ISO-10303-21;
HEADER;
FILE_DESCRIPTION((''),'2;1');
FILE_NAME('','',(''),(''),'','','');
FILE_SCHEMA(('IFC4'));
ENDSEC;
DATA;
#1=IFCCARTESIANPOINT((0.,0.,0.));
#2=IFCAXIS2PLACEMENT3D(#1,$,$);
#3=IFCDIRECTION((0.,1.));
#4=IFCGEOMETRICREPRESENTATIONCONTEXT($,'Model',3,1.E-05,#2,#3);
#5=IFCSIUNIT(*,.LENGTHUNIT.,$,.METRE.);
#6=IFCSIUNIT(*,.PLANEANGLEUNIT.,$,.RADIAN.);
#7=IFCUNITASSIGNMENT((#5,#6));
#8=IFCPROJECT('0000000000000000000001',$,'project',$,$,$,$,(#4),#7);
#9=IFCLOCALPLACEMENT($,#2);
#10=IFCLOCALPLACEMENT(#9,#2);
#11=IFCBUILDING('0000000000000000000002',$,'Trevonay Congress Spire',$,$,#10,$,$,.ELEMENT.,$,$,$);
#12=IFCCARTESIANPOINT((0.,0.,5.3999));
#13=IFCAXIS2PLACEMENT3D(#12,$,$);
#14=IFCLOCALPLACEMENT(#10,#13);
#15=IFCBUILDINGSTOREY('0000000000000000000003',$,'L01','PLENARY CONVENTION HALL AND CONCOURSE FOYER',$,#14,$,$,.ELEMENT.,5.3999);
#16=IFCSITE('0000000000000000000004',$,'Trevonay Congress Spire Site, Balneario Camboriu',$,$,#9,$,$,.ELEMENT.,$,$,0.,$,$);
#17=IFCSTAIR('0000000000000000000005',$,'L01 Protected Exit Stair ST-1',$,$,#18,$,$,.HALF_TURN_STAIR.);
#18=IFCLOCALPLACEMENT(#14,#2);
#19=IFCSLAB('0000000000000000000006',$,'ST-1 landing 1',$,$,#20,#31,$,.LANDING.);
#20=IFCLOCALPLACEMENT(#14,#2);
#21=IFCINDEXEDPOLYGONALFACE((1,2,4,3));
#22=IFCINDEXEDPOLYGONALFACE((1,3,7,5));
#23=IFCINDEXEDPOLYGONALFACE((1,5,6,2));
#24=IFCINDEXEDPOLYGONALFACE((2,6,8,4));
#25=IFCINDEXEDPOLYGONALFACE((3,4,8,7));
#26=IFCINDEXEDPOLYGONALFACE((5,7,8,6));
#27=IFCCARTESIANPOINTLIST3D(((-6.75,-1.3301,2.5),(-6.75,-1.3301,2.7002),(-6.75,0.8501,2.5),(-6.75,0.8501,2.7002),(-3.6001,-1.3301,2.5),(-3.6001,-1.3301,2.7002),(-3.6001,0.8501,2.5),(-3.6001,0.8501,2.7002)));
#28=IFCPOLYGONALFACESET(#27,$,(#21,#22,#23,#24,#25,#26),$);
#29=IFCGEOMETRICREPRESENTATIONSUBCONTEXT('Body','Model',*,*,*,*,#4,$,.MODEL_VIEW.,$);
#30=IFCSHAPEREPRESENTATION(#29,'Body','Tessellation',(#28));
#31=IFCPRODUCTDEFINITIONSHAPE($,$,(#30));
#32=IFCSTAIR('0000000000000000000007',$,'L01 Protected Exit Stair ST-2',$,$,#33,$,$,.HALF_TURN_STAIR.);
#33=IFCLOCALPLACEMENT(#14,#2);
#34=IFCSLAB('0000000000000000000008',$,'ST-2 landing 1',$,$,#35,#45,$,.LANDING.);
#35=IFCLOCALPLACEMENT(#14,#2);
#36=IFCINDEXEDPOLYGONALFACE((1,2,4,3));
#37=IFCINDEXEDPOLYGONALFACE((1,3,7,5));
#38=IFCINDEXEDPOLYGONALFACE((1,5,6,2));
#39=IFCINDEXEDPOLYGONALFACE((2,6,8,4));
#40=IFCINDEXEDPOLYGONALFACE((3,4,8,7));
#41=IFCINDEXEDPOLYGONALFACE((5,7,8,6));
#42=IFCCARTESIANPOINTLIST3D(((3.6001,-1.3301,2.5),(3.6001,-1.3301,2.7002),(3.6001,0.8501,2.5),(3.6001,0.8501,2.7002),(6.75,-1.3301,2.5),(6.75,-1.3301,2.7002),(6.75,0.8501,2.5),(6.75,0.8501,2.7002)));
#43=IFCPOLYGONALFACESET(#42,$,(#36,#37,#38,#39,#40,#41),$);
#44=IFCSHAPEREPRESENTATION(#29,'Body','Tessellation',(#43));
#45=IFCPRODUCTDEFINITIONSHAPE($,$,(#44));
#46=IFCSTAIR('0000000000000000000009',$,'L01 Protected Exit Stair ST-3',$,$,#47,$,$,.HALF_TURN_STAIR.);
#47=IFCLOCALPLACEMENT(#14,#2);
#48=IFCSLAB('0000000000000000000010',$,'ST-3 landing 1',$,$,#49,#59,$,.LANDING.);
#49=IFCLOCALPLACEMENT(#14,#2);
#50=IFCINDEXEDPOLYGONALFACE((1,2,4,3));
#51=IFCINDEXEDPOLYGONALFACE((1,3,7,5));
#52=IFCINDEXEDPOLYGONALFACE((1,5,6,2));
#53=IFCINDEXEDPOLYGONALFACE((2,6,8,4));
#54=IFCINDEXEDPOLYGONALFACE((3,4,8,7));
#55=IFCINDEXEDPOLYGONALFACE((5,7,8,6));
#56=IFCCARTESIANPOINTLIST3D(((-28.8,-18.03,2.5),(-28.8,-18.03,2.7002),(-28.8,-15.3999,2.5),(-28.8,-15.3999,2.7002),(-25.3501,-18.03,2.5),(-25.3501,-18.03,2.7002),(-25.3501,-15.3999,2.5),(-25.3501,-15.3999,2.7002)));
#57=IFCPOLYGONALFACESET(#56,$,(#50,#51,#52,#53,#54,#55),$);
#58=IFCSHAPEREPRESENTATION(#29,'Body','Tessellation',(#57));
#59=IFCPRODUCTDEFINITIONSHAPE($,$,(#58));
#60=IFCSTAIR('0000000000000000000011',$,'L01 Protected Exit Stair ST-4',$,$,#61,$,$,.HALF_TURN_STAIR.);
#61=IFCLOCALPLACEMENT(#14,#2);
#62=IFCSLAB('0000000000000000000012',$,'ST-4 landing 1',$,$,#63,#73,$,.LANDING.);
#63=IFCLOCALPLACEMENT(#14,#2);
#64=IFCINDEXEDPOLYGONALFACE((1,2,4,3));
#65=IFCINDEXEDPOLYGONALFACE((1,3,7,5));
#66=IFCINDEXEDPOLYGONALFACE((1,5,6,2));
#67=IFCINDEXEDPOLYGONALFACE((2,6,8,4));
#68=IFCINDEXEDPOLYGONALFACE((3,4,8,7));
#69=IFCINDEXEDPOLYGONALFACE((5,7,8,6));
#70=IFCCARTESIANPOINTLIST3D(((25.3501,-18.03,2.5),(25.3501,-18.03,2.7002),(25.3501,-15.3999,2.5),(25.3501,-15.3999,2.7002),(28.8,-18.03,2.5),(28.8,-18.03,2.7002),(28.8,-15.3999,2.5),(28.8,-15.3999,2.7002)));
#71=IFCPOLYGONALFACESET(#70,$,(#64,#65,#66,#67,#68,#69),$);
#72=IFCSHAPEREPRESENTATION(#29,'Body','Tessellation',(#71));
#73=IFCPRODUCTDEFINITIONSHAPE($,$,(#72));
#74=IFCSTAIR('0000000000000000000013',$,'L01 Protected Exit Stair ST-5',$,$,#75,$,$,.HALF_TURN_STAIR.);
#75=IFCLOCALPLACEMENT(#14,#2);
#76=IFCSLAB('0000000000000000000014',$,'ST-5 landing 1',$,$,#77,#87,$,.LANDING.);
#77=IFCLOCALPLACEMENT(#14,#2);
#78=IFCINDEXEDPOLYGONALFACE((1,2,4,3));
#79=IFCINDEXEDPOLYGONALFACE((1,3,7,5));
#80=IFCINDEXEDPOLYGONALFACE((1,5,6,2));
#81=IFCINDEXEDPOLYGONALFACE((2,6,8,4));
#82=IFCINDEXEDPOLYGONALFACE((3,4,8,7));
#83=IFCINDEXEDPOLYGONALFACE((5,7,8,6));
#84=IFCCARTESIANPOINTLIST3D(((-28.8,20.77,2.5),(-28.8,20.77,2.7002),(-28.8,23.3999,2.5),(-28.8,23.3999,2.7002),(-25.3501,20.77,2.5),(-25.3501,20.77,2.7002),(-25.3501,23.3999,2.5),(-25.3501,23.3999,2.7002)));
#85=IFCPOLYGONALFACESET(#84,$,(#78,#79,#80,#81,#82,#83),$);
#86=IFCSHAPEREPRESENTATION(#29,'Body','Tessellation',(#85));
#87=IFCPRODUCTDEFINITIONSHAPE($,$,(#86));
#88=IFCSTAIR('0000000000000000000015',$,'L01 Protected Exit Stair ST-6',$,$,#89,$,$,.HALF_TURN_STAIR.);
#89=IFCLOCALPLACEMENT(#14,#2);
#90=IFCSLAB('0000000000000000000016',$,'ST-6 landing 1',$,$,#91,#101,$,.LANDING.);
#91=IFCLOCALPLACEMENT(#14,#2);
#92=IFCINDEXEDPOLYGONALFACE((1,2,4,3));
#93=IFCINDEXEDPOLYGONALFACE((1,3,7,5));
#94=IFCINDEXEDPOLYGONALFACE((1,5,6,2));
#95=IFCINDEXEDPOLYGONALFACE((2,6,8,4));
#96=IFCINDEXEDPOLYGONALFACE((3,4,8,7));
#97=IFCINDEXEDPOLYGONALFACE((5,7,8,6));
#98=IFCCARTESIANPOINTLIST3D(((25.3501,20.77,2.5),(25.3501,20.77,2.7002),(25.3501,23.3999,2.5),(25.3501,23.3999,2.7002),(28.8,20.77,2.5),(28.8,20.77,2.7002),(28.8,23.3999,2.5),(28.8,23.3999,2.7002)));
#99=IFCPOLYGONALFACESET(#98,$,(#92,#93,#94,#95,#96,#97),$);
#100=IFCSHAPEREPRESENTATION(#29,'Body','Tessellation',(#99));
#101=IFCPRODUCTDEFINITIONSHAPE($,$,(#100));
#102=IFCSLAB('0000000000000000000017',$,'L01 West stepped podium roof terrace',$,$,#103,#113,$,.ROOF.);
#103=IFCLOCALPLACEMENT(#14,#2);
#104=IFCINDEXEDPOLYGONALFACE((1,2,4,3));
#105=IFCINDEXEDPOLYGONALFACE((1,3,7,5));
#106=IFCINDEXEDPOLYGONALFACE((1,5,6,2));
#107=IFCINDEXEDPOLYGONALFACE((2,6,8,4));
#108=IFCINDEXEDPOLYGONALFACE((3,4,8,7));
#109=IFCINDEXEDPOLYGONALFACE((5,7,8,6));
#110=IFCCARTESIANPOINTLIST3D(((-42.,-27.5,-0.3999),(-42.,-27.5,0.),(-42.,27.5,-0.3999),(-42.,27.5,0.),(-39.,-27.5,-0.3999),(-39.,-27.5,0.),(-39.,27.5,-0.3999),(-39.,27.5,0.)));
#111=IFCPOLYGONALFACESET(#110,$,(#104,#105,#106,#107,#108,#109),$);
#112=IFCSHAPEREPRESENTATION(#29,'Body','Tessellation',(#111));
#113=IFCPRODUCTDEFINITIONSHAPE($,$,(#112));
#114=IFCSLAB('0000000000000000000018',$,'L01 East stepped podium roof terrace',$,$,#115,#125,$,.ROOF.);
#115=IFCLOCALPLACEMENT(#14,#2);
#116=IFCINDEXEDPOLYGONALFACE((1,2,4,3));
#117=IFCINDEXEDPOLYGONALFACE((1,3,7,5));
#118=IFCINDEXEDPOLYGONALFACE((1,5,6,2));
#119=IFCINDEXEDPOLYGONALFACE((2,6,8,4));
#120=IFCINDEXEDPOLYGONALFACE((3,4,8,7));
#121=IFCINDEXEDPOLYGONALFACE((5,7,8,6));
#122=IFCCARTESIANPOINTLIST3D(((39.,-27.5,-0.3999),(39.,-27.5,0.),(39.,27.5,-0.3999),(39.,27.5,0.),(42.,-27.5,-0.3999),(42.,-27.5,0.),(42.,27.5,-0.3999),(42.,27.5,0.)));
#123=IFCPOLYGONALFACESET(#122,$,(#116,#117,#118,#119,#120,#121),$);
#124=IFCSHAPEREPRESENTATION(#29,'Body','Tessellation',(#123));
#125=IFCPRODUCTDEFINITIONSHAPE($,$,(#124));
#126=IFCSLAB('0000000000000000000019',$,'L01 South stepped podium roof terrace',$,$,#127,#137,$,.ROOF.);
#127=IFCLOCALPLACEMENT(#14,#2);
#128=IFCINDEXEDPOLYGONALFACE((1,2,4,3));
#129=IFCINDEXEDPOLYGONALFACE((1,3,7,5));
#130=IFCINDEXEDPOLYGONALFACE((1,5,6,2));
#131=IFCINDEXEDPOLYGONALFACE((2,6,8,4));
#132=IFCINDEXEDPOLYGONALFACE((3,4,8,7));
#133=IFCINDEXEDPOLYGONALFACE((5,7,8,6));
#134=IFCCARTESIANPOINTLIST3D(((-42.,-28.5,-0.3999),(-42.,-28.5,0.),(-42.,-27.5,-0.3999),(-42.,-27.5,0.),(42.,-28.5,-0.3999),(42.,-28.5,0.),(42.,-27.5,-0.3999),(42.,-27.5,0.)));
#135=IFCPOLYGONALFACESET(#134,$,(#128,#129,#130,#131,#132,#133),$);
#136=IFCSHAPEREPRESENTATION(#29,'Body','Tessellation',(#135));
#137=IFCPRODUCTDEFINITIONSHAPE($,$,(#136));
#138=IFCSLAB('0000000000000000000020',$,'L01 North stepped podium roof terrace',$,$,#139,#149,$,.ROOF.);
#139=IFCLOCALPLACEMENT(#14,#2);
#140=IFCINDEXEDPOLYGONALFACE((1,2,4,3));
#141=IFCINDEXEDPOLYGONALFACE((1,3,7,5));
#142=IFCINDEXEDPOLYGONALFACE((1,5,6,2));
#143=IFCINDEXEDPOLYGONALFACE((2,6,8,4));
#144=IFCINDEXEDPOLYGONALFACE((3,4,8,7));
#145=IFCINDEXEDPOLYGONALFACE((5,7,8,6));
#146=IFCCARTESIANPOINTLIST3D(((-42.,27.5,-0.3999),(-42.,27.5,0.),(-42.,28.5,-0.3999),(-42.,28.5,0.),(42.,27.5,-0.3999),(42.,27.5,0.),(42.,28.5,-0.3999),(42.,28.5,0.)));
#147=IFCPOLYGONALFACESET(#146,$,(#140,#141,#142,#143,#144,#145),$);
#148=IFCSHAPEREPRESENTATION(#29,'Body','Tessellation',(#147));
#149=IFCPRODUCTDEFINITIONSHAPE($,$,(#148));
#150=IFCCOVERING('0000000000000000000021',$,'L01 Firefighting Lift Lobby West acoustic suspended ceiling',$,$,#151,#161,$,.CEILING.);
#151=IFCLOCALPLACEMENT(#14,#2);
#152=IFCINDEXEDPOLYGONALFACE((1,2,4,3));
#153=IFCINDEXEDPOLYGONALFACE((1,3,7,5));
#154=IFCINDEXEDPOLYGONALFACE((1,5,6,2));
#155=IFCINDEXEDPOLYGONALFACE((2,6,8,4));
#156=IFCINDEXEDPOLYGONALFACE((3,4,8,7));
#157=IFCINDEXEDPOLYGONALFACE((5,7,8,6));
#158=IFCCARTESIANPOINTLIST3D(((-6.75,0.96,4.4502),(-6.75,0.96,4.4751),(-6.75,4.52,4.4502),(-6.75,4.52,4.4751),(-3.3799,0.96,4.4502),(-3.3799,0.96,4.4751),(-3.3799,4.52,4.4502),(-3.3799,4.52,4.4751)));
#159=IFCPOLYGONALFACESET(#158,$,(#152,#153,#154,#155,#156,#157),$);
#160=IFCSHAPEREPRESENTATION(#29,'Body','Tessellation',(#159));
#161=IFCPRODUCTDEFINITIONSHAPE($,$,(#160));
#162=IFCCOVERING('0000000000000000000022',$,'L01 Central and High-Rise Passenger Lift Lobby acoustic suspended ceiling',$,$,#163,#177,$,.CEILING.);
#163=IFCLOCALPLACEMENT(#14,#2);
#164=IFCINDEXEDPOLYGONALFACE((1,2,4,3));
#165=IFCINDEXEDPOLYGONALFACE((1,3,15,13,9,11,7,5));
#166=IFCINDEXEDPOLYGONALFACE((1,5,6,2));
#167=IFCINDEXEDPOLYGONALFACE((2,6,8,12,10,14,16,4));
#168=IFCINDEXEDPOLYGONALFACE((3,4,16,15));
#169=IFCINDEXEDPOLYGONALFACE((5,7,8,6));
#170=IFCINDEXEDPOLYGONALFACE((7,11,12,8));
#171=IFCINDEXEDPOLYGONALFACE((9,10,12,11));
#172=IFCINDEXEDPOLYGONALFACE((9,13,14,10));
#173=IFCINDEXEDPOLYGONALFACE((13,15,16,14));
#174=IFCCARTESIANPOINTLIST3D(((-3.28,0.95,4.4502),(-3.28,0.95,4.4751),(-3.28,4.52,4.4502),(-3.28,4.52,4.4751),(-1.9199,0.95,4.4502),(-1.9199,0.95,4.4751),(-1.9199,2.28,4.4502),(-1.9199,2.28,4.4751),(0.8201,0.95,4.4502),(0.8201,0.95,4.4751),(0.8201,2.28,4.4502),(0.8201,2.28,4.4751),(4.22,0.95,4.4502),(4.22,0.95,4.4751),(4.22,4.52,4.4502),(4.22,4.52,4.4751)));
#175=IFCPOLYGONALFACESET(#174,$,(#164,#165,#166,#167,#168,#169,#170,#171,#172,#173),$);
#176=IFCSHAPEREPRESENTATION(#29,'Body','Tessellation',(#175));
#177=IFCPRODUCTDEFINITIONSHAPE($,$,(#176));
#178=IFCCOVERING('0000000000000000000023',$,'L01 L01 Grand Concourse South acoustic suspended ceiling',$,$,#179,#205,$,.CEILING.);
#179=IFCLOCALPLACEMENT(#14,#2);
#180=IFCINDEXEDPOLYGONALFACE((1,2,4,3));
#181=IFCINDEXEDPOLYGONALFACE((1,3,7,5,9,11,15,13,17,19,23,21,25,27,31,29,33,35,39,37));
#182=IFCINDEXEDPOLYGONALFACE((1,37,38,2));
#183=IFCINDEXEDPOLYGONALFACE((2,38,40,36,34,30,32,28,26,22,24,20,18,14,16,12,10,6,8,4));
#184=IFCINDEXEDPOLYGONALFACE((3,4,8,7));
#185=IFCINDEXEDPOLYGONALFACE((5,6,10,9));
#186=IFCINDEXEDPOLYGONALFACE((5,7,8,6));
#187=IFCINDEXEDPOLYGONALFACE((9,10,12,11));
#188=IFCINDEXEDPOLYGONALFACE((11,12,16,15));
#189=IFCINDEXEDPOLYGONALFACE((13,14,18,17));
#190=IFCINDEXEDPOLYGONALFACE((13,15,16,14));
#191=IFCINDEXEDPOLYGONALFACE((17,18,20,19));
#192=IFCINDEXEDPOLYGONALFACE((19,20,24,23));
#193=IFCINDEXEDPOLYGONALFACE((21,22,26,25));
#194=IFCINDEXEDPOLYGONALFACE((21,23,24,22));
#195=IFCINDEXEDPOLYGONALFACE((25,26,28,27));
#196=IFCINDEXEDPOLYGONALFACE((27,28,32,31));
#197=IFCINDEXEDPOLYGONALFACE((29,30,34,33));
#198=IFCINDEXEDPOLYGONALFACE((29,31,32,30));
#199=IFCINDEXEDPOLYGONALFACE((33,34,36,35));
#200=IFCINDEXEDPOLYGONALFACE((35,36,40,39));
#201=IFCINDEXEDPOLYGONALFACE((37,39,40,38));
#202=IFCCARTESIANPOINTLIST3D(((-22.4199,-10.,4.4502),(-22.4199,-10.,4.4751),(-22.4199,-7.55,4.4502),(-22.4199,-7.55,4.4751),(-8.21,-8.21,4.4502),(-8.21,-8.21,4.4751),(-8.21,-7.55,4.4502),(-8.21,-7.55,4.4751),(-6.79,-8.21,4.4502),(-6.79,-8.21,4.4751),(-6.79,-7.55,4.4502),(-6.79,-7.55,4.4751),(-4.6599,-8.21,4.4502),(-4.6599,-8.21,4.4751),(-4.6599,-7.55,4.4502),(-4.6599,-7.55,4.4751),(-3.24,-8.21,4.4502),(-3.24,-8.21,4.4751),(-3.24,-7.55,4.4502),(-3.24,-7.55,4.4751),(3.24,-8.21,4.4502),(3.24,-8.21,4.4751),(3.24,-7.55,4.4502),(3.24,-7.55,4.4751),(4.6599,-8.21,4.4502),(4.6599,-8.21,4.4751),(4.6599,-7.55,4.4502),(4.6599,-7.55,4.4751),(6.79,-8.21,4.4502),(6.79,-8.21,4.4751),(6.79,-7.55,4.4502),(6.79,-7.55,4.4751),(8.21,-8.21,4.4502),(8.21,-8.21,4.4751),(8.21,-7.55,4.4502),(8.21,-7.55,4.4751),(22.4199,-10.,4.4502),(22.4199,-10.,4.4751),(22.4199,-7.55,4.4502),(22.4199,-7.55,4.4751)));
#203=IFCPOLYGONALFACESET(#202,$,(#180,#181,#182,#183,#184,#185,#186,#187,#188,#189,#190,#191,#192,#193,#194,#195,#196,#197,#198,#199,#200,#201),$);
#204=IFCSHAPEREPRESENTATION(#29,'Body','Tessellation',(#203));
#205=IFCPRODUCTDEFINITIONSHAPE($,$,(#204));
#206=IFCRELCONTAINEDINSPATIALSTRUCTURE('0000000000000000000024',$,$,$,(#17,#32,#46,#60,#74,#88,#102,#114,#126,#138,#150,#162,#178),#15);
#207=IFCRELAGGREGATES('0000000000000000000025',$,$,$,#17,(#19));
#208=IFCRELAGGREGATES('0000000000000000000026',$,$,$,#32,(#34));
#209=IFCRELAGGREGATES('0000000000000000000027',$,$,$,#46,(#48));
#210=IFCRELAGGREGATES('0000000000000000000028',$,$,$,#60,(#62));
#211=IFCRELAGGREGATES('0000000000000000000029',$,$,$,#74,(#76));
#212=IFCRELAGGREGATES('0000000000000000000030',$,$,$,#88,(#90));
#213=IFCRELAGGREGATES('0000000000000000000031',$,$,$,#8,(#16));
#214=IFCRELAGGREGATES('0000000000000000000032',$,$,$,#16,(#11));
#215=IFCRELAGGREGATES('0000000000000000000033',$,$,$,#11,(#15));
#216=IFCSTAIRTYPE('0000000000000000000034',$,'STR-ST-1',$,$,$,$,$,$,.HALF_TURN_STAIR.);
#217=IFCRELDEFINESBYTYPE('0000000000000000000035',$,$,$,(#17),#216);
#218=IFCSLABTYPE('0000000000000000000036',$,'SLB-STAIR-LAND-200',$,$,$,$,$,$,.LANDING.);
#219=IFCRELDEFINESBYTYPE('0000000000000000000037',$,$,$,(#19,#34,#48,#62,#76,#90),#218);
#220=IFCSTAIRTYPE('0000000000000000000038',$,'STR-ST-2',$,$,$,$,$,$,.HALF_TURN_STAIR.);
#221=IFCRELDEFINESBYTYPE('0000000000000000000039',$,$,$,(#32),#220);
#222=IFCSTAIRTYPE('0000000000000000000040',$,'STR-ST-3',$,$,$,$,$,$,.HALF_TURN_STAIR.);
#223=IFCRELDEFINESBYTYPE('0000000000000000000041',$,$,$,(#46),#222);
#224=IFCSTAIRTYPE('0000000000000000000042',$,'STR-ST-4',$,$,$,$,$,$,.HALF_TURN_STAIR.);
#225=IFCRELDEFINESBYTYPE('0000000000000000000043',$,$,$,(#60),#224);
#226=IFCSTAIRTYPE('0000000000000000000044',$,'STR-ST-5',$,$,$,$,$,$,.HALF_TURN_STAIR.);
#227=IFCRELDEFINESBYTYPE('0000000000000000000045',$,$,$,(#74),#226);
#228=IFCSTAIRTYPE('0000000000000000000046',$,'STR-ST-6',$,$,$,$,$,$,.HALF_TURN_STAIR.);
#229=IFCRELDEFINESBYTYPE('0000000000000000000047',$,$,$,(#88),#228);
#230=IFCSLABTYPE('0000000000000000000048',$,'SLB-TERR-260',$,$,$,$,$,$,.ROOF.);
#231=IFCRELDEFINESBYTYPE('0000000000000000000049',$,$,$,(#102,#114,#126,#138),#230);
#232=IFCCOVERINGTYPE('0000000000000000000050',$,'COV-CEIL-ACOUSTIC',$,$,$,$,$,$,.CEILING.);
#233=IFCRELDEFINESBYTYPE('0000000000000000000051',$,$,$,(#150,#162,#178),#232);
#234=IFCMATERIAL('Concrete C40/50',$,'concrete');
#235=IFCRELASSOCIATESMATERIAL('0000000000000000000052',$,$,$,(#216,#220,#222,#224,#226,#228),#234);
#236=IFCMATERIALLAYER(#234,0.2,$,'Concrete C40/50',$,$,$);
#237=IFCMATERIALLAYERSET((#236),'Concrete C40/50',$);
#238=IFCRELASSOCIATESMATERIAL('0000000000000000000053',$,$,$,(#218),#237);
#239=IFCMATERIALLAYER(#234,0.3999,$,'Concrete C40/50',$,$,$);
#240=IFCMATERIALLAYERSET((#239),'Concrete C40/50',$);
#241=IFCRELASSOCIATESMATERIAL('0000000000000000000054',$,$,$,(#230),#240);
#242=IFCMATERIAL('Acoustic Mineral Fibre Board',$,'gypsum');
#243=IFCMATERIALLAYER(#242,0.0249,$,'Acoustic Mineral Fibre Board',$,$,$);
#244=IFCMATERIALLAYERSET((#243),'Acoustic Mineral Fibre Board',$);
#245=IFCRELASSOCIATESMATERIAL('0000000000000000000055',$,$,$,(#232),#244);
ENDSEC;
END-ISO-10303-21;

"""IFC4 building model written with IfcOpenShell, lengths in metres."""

from ifc_helpers import new_model, si_unit, direction, frame, origin, place, context, subcontext, project, spatial, polyline, outline, extrude, material, layer, layer_set, type_object, element, aggregate, save


model = new_model("IFC4")

# Units and contexts
model_context = context("Model", 3, precision=1e-05, world=origin(), true_north=direction((0.0, 1.0)))
body_context = subcontext(model_context, "Body", "Model", "MODEL_VIEW")
ifc_project = project(units=[si_unit("LENGTHUNIT", "METRE"), si_unit("PLANEANGLEUNIT", "RADIAN")], contexts=[model_context])

# Site, building, storey
site_placement = place(None, origin())
site = spatial("IfcSite", under=ifc_project, at=site_placement, Name="Trevonay Congress Spire Site, Balneario Camboriu", CompositionType="ELEMENT", RefElevation=0.0)
building_placement = place(site_placement, origin())
building = spatial("IfcBuilding", under=site, at=building_placement, Name="Trevonay Congress Spire", CompositionType="ELEMENT")
storey_placement = place(building_placement, frame((0.0, 0.0, 5.3999)))
storey = spatial("IfcBuildingStorey", under=building, at=storey_placement, Name="L01", Description="PLENARY CONVENTION HALL AND CONCOURSE FOYER", CompositionType="ELEMENT", Elevation=5.3999)

# Stairs, slabs
ifc_material_1 = material(Name="Concrete C40/50", Category="concrete")
stair_type_1 = type_object("IfcStairType", Name="STR-ST-1", PredefinedType="HALF_TURN_STAIR", material=ifc_material_1)
stair_1_placement = place(storey_placement, origin())
stair_1 = element("IfcStair", 1, at=stair_1_placement, inside=storey, type_object=stair_type_1, Name="L01 Protected Exit Stair ST-1", PredefinedType="HALF_TURN_STAIR")
ifc_layer_1 = layer(ifc_material_1, 0.2, Name="Concrete C40/50")
ifc_layer_set_1 = layer_set([ifc_layer_1], Name="Concrete C40/50")
slab_type_1 = type_object("IfcSlabType", Name="SLB-STAIR-LAND-200", PredefinedType="LANDING", material=ifc_layer_set_1)
slab_1_placement = place(storey_placement, frame((0.0, 0.0, 2.5)))
slab_1 = element("IfcSlab", 2, at=slab_1_placement, type_object=slab_type_1, Name="ST-1 landing 1", PredefinedType="LANDING", context=body_context, shape_type="SweptSolid", body=[
    extrude(outline(polyline([(-3.6001, -1.3301), (-3.6001, 0.8501), (-6.75, 0.8501), (-6.75, -1.3301), (-3.6001, -1.3301)])), origin(), (0.0, 0.0, 1.0), 0.2002),
])
aggregate(stair_1, [slab_1])
stair_type_2 = type_object("IfcStairType", Name="STR-ST-2", PredefinedType="HALF_TURN_STAIR", material=ifc_material_1)
stair_2_placement = place(storey_placement, origin())
stair_2 = element("IfcStair", 3, at=stair_2_placement, inside=storey, type_object=stair_type_2, Name="L01 Protected Exit Stair ST-2", PredefinedType="HALF_TURN_STAIR")
slab_2_placement = place(storey_placement, frame((0.0, 0.0, 2.5)))
slab_2 = element("IfcSlab", 4, at=slab_2_placement, type_object=slab_type_1, Name="ST-2 landing 1", PredefinedType="LANDING", context=body_context, shape_type="SweptSolid", body=[
    extrude(outline(polyline([(6.75, -1.3301), (6.75, 0.8501), (3.6001, 0.8501), (3.6001, -1.3301), (6.75, -1.3301)])), origin(), (0.0, 0.0, 1.0), 0.2002),
])
aggregate(stair_2, [slab_2])
stair_type_3 = type_object("IfcStairType", Name="STR-ST-3", PredefinedType="HALF_TURN_STAIR", material=ifc_material_1)
stair_3_placement = place(storey_placement, origin())
stair_3 = element("IfcStair", 5, at=stair_3_placement, inside=storey, type_object=stair_type_3, Name="L01 Protected Exit Stair ST-3", PredefinedType="HALF_TURN_STAIR")
slab_3_placement = place(storey_placement, frame((0.0, 0.0, 2.5)))
slab_3 = element("IfcSlab", 6, at=slab_3_placement, type_object=slab_type_1, Name="ST-3 landing 1", PredefinedType="LANDING", context=body_context, shape_type="SweptSolid", body=[
    extrude(outline(polyline([(-25.3501, -18.03), (-25.3501, -15.3999), (-28.8, -15.3999), (-28.8, -18.03), (-25.3501, -18.03)])), origin(), (0.0, 0.0, 1.0), 0.2002),
])
aggregate(stair_3, [slab_3])
stair_type_4 = type_object("IfcStairType", Name="STR-ST-4", PredefinedType="HALF_TURN_STAIR", material=ifc_material_1)
stair_4_placement = place(storey_placement, origin())
stair_4 = element("IfcStair", 7, at=stair_4_placement, inside=storey, type_object=stair_type_4, Name="L01 Protected Exit Stair ST-4", PredefinedType="HALF_TURN_STAIR")
slab_4_placement = place(storey_placement, frame((0.0, 0.0, 2.5)))
slab_4 = element("IfcSlab", 8, at=slab_4_placement, type_object=slab_type_1, Name="ST-4 landing 1", PredefinedType="LANDING", context=body_context, shape_type="SweptSolid", body=[
    extrude(outline(polyline([(28.8, -18.03), (28.8, -15.3999), (25.3501, -15.3999), (25.3501, -18.03), (28.8, -18.03)])), origin(), (0.0, 0.0, 1.0), 0.2002),
])
aggregate(stair_4, [slab_4])
stair_type_5 = type_object("IfcStairType", Name="STR-ST-5", PredefinedType="HALF_TURN_STAIR", material=ifc_material_1)
stair_5_placement = place(storey_placement, origin())
stair_5 = element("IfcStair", 9, at=stair_5_placement, inside=storey, type_object=stair_type_5, Name="L01 Protected Exit Stair ST-5", PredefinedType="HALF_TURN_STAIR")
slab_5_placement = place(storey_placement, frame((0.0, 0.0, 2.5)))
slab_5 = element("IfcSlab", 10, at=slab_5_placement, type_object=slab_type_1, Name="ST-5 landing 1", PredefinedType="LANDING", context=body_context, shape_type="SweptSolid", body=[
    extrude(outline(polyline([(-25.3501, 20.77), (-25.3501, 23.3999), (-28.8, 23.3999), (-28.8, 20.77), (-25.3501, 20.77)])), origin(), (0.0, 0.0, 1.0), 0.2002),
])
aggregate(stair_5, [slab_5])
stair_type_6 = type_object("IfcStairType", Name="STR-ST-6", PredefinedType="HALF_TURN_STAIR", material=ifc_material_1)
stair_6_placement = place(storey_placement, origin())
stair_6 = element("IfcStair", 11, at=stair_6_placement, inside=storey, type_object=stair_type_6, Name="L01 Protected Exit Stair ST-6", PredefinedType="HALF_TURN_STAIR")
slab_6_placement = place(storey_placement, frame((0.0, 0.0, 2.5)))
slab_6 = element("IfcSlab", 12, at=slab_6_placement, type_object=slab_type_1, Name="ST-6 landing 1", PredefinedType="LANDING", context=body_context, shape_type="SweptSolid", body=[
    extrude(outline(polyline([(28.8, 20.77), (28.8, 23.3999), (25.3501, 23.3999), (25.3501, 20.77), (28.8, 20.77)])), origin(), (0.0, 0.0, 1.0), 0.2002),
])
aggregate(stair_6, [slab_6])

# Slabs
ifc_layer_2 = layer(ifc_material_1, 0.3999, Name="Concrete C40/50")
ifc_layer_set_2 = layer_set([ifc_layer_2], Name="Concrete C40/50")
slab_type_2 = type_object("IfcSlabType", Name="SLB-TERR-260", PredefinedType="ROOF", material=ifc_layer_set_2)
slab_7_placement = place(storey_placement, frame((0.0, 0.0, -0.3999)))
element("IfcSlab", 13, at=slab_7_placement, inside=storey, type_object=slab_type_2, Name="L01 West stepped podium roof terrace", PredefinedType="ROOF", context=body_context, shape_type="SweptSolid", body=[
    extrude(outline(polyline([(-42.0, -27.5), (-39.0, -27.5), (-39.0, 27.5), (-42.0, 27.5), (-42.0, -27.5)])), origin(), (0.0, 0.0, 1.0), 0.3999),
])
slab_8_placement = place(storey_placement, frame((0.0, 0.0, -0.3999)))
element("IfcSlab", 14, at=slab_8_placement, inside=storey, type_object=slab_type_2, Name="L01 East stepped podium roof terrace", PredefinedType="ROOF", context=body_context, shape_type="SweptSolid", body=[
    extrude(outline(polyline([(39.0, -27.5), (42.0, -27.5), (42.0, 27.5), (39.0, 27.5), (39.0, -27.5)])), origin(), (0.0, 0.0, 1.0), 0.3999),
])
slab_9_placement = place(storey_placement, frame((0.0, 0.0, -0.3999)))
element("IfcSlab", 15, at=slab_9_placement, inside=storey, type_object=slab_type_2, Name="L01 South stepped podium roof terrace", PredefinedType="ROOF", context=body_context, shape_type="SweptSolid", body=[
    extrude(outline(polyline([(-42.0, -28.5), (42.0, -28.5), (42.0, -27.5), (-42.0, -27.5), (-42.0, -28.5)])), origin(), (0.0, 0.0, 1.0), 0.3999),
])
slab_10_placement = place(storey_placement, frame((0.0, 0.0, -0.3999)))
element("IfcSlab", 16, at=slab_10_placement, inside=storey, type_object=slab_type_2, Name="L01 North stepped podium roof terrace", PredefinedType="ROOF", context=body_context, shape_type="SweptSolid", body=[
    extrude(outline(polyline([(-42.0, 27.5), (42.0, 27.5), (42.0, 28.5), (-42.0, 28.5), (-42.0, 27.5)])), origin(), (0.0, 0.0, 1.0), 0.3999),
])

# Coverings
ifc_material_2 = material(Name="Acoustic Mineral Fibre Board", Category="gypsum")
ifc_layer_3 = layer(ifc_material_2, 0.0249, Name="Acoustic Mineral Fibre Board")
ifc_layer_set_3 = layer_set([ifc_layer_3], Name="Acoustic Mineral Fibre Board")
covering_type_1 = type_object("IfcCoveringType", Name="COV-CEIL-ACOUSTIC", PredefinedType="CEILING", material=ifc_layer_set_3)
covering_1_placement = place(storey_placement, frame((0.0, 0.0, 4.4502)))
element("IfcCovering", 17, at=covering_1_placement, inside=storey, type_object=covering_type_1, Name="L01 Firefighting Lift Lobby West acoustic suspended ceiling", PredefinedType="CEILING", context=body_context, shape_type="SweptSolid", body=[
    extrude(outline(polyline([(-6.75, 0.96), (-3.3799, 0.96), (-3.3799, 4.52), (-6.75, 4.52), (-6.75, 0.96)])), origin(), (0.0, 0.0, 1.0), 0.0249),
])
covering_2_placement = place(storey_placement, frame((0.0, 0.0, 4.4502)))
element("IfcCovering", 18, at=covering_2_placement, inside=storey, type_object=covering_type_1, Name="L01 Central and High-Rise Passenger Lift Lobby acoustic suspended ceiling", PredefinedType="CEILING", context=body_context, shape_type="SweptSolid", body=[
    extrude(outline(polyline([(-3.28, 0.95), (-1.9199, 0.95), (-1.9199, 2.28), (0.8201, 2.28), (0.8201, 0.95), (4.22, 0.95), (4.22, 4.52), (-3.28, 4.52), (-3.28, 0.95)])), origin(), (0.0, 0.0, 1.0), 0.0249),
])
covering_3_placement = place(storey_placement, frame((0.0, 0.0, 4.4502)))
element("IfcCovering", 19, at=covering_3_placement, inside=storey, type_object=covering_type_1, Name="L01 L01 Grand Concourse South acoustic suspended ceiling", PredefinedType="CEILING", context=body_context, shape_type="SweptSolid", body=[
    extrude(outline(polyline([(22.4199, -7.55), (22.4199, -10.0), (-22.4199, -10.0), (-22.4199, -7.55), (-8.21, -7.55), (-8.21, -8.21), (-6.79, -8.21), (-6.79, -7.55), (-4.6599, -7.55), (-4.6599, -8.21), (-3.24, -8.21), (-3.24, -7.55), (3.24, -7.55), (3.24, -8.21), (4.6599, -8.21), (4.6599, -7.55), (6.79, -7.55), (6.79, -8.21), (8.21, -8.21), (8.21, -7.55), (22.4199, -7.55)])), origin(), (0.0, 0.0, 1.0), 0.0249),
])

save(model, "model.ifc")
